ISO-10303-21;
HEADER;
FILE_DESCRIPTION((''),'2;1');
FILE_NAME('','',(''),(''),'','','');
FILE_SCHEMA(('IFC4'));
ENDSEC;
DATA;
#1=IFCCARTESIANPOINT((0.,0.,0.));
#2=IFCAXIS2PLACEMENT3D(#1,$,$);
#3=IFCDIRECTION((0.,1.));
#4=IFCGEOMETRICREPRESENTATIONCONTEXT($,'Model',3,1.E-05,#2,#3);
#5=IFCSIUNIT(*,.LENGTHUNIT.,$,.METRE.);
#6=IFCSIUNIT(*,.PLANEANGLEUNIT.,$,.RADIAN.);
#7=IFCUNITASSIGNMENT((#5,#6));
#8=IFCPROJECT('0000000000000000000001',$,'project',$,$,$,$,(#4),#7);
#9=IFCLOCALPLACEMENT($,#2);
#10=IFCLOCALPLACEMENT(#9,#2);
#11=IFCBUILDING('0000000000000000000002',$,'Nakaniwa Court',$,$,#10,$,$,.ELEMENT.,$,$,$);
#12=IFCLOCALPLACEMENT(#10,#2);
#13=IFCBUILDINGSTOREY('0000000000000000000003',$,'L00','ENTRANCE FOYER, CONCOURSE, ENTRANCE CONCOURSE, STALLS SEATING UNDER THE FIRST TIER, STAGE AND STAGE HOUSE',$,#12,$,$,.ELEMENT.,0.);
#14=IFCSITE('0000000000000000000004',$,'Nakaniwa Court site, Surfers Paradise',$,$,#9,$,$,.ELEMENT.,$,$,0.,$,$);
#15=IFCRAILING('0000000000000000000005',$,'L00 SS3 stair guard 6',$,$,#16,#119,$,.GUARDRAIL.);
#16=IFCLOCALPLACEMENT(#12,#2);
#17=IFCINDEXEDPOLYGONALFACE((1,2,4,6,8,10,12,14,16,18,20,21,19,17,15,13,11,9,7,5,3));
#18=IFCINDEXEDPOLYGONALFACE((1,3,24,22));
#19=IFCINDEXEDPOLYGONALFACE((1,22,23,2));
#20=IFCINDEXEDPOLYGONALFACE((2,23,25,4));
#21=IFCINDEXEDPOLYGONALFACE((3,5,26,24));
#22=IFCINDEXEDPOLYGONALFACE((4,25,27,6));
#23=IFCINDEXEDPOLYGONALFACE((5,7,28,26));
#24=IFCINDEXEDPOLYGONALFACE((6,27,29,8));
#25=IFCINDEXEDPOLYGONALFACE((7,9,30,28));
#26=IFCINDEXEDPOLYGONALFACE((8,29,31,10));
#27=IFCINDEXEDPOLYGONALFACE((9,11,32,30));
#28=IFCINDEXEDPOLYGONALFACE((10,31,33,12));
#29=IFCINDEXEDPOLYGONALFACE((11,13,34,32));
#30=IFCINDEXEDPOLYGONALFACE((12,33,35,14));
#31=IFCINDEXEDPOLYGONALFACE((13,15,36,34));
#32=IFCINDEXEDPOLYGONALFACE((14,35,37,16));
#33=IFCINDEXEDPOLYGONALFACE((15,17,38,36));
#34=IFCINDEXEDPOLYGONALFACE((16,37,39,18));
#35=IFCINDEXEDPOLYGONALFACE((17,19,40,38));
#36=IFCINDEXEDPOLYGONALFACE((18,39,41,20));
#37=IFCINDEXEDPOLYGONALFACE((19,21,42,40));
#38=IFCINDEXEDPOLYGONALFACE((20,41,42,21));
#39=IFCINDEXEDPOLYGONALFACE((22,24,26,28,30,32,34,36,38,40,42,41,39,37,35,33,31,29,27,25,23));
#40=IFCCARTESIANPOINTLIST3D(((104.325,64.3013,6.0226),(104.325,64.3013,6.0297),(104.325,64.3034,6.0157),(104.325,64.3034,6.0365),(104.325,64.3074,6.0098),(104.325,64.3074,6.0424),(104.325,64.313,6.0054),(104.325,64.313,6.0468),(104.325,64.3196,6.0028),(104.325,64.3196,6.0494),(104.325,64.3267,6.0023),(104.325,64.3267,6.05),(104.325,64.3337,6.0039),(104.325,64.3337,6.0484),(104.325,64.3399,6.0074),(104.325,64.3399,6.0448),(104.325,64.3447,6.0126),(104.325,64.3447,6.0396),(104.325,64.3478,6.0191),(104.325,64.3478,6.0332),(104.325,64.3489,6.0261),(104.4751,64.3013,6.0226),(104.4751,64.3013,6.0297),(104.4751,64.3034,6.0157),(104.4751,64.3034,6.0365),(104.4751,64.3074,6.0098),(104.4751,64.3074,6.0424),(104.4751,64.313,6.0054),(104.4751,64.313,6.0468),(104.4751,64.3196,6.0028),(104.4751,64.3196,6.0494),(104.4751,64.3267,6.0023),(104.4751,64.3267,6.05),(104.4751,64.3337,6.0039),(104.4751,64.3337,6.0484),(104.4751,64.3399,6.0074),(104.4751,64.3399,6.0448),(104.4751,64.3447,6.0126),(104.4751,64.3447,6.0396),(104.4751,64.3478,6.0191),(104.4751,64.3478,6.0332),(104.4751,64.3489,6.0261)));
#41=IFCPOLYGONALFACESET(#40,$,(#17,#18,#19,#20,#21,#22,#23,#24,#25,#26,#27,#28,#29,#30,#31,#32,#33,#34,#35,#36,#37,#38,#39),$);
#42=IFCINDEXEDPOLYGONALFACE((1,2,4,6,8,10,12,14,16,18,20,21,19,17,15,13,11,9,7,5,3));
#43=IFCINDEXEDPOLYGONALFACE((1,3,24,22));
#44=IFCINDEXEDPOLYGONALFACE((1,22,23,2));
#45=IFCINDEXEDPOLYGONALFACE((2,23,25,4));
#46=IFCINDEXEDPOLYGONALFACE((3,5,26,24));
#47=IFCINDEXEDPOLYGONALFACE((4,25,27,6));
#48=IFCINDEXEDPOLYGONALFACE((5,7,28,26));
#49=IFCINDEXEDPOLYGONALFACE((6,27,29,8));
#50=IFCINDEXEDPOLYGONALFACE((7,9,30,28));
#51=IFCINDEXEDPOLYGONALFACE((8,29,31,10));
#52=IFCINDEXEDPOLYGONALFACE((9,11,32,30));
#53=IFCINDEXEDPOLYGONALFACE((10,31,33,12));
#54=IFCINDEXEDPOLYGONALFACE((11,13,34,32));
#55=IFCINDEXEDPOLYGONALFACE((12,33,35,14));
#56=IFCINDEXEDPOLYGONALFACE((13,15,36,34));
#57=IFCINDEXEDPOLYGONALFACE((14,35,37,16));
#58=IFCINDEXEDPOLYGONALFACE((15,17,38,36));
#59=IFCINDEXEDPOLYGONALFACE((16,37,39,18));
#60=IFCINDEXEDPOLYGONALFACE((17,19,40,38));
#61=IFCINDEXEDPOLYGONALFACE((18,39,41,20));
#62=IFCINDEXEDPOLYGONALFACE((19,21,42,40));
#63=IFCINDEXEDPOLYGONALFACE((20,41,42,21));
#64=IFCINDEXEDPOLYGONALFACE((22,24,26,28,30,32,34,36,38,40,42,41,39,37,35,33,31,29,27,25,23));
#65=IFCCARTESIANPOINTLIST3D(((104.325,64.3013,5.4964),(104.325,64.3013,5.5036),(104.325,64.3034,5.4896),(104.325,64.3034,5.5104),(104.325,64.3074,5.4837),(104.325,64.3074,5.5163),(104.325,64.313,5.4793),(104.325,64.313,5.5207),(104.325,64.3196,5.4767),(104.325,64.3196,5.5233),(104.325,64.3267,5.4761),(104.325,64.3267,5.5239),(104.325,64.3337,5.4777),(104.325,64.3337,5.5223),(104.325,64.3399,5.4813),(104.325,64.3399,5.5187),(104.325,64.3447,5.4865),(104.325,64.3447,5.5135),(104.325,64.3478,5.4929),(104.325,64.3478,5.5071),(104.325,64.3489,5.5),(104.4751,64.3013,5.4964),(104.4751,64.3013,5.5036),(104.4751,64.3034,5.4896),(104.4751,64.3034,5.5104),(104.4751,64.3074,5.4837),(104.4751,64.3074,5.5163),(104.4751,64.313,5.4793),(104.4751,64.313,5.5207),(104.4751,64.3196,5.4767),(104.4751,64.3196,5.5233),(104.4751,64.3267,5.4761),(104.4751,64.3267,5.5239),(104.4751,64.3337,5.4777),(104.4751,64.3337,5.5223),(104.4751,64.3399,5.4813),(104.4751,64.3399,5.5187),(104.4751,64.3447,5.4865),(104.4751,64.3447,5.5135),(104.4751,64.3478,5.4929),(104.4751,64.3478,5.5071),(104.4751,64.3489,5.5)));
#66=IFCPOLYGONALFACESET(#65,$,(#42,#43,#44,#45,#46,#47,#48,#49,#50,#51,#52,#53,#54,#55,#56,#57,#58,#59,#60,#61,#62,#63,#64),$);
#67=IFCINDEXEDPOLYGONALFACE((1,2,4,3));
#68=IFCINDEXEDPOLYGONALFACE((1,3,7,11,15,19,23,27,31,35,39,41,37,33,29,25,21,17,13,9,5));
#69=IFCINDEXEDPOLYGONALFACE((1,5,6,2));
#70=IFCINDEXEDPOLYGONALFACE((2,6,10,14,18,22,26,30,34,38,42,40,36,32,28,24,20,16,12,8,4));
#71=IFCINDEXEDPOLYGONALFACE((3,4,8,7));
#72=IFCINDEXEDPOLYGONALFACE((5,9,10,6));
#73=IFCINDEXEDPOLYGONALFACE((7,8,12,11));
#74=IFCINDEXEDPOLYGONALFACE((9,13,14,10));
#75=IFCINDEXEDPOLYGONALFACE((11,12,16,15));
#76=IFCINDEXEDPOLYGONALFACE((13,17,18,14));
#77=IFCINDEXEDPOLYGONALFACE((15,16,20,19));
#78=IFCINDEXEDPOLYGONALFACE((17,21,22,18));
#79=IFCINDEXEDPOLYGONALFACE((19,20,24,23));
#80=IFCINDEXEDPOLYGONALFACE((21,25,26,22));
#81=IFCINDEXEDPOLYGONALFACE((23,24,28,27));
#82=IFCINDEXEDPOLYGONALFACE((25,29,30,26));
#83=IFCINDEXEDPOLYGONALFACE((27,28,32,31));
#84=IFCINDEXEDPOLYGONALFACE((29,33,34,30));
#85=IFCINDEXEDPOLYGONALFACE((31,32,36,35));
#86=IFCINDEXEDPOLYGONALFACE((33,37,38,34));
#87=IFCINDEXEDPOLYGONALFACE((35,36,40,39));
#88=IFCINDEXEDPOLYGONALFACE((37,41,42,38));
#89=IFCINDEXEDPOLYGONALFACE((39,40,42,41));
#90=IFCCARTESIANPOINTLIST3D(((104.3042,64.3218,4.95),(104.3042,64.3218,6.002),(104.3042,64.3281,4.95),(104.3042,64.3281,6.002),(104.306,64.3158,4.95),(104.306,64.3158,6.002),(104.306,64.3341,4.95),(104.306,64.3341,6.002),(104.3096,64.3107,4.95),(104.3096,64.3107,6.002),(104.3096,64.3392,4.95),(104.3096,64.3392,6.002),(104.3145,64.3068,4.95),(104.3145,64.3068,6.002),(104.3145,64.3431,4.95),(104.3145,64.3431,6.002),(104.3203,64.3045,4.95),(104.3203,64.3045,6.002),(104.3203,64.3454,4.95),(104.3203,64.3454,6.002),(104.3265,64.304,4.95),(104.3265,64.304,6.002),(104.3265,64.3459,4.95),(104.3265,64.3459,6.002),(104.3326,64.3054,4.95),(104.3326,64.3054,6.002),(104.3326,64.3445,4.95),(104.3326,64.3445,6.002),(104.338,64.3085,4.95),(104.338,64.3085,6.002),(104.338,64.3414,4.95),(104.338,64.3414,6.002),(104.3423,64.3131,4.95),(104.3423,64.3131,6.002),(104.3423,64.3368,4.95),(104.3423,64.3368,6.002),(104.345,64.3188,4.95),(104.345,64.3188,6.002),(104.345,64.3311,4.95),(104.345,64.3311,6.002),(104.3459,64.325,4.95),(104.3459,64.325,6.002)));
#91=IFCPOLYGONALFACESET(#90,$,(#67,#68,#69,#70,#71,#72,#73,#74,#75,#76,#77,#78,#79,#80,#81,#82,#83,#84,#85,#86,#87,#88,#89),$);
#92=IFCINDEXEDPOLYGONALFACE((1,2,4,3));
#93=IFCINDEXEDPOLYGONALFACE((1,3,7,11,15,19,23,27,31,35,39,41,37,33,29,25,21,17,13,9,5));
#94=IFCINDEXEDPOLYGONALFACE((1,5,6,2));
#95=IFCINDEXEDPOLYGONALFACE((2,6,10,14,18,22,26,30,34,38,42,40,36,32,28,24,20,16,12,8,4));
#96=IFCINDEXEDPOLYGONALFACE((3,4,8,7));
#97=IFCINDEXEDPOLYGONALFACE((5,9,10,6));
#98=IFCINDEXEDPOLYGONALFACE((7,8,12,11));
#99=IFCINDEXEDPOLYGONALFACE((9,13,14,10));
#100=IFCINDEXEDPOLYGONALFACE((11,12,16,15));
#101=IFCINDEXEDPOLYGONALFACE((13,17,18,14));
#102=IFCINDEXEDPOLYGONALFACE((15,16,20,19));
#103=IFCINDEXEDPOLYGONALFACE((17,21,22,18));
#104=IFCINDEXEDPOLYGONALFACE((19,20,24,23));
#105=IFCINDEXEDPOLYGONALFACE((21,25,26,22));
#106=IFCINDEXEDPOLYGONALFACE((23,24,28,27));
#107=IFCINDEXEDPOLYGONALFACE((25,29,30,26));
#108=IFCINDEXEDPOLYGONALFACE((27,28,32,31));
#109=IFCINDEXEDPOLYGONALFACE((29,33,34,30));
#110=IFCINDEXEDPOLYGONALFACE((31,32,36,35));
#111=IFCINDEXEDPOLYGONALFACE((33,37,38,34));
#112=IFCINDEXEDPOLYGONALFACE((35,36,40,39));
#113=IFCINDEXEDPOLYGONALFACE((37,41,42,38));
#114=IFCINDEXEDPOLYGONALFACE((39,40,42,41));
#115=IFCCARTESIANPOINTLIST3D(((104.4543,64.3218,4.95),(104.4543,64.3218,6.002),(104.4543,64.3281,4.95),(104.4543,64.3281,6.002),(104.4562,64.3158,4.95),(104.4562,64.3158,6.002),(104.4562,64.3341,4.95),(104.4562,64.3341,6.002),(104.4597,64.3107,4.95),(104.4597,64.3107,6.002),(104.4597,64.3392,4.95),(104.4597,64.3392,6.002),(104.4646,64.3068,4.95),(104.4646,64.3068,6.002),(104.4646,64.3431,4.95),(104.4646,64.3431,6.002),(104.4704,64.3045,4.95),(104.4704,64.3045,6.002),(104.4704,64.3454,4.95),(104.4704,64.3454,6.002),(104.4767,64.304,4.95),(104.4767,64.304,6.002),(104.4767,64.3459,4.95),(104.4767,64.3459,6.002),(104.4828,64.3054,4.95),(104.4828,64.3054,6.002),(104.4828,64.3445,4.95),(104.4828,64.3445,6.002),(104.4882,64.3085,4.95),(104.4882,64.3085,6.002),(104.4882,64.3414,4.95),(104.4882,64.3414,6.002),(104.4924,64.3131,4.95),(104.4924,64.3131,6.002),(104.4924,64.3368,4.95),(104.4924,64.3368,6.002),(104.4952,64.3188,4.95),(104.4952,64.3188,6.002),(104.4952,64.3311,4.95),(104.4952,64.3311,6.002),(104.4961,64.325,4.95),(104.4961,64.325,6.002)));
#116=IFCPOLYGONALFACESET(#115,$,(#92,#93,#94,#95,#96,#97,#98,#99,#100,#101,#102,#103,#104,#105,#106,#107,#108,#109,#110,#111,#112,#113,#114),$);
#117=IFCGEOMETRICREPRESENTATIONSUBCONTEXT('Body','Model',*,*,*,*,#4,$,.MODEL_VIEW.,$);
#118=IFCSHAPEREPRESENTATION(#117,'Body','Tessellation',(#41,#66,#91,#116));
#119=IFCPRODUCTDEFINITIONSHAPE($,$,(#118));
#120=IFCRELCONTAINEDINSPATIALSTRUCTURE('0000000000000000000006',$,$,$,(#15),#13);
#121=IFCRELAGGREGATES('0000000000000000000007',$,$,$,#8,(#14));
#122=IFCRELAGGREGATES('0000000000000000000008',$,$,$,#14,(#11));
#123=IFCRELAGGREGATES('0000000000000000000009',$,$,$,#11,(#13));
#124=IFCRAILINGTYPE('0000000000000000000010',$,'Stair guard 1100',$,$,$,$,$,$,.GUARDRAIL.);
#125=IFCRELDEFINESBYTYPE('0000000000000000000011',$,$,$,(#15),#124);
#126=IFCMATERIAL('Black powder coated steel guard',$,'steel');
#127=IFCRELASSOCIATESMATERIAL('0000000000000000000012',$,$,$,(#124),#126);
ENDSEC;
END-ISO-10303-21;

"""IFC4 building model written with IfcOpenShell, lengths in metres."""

from ifc_helpers import new_model, si_unit, direction, frame, origin, origin_2d, place, context, subcontext, project, spatial, circle, extrude, material, type_object, element, save


model = new_model("IFC4")

# Units and contexts
model_context = context("Model", 3, precision=1e-05, world=origin(), true_north=direction((0.0, 1.0)))
body_context = subcontext(model_context, "Body", "Model", "MODEL_VIEW")
ifc_project = project(units=[si_unit("LENGTHUNIT", "METRE"), si_unit("PLANEANGLEUNIT", "RADIAN")], contexts=[model_context])

# Site, building, storey
site_placement = place(None, origin())
site = spatial("IfcSite", under=ifc_project, at=site_placement, Name="Nakaniwa Court site, Surfers Paradise", CompositionType="ELEMENT", RefElevation=0.0)
building_placement = place(site_placement, origin())
building = spatial("IfcBuilding", under=site, at=building_placement, Name="Nakaniwa Court", CompositionType="ELEMENT")
storey_placement = place(building_placement, origin())
storey = spatial("IfcBuildingStorey", under=building, at=storey_placement, Name="L00", Description="ENTRANCE FOYER, CONCOURSE, ENTRANCE CONCOURSE, STALLS SEATING UNDER THE FIRST TIER, STAGE AND STAGE HOUSE", CompositionType="ELEMENT", Elevation=0.0)

# Railing
ifc_material_1 = material(Name="Black powder coated steel guard", Category="steel")
railing_type_1 = type_object("IfcRailingType", Name="Stair guard 1100", PredefinedType="GUARDRAIL", material=ifc_material_1)
railing_1_placement = place(storey_placement, frame((104.325, 64.325, 4.95)))
element("IfcRailing", 1, at=railing_1_placement, inside=storey, type_object=railing_type_1, Name="L00 SS3 stair guard 6", PredefinedType="GUARDRAIL", context=body_context, shape_type="SweptSolid", body=[
    extrude(circle(Radius=0.0239, at=origin_2d()), frame((0.0, 0.0, 1.0762), z_axis=(1.0, 0.0, 0.0), x_axis=(0.0, 1.0, 0.0)), (0.0, 0.0, 1.0), 0.1501),
    extrude(circle(Radius=0.0239, at=origin_2d()), frame((0.0, 0.0, 0.55), z_axis=(1.0, 0.0, 0.0), x_axis=(0.0, 1.0, 0.0)), (0.0, 0.0, 1.0), 0.1501),
    extrude(circle(Radius=0.021, at=origin_2d()), origin(), (0.0, 0.0, 1.0), 1.052),
    extrude(circle(Radius=0.021, at=origin_2d()), frame((0.1501, 0.0, 0.0)), (0.0, 0.0, 1.0), 1.052),
])

save(model, "model.ifc")
